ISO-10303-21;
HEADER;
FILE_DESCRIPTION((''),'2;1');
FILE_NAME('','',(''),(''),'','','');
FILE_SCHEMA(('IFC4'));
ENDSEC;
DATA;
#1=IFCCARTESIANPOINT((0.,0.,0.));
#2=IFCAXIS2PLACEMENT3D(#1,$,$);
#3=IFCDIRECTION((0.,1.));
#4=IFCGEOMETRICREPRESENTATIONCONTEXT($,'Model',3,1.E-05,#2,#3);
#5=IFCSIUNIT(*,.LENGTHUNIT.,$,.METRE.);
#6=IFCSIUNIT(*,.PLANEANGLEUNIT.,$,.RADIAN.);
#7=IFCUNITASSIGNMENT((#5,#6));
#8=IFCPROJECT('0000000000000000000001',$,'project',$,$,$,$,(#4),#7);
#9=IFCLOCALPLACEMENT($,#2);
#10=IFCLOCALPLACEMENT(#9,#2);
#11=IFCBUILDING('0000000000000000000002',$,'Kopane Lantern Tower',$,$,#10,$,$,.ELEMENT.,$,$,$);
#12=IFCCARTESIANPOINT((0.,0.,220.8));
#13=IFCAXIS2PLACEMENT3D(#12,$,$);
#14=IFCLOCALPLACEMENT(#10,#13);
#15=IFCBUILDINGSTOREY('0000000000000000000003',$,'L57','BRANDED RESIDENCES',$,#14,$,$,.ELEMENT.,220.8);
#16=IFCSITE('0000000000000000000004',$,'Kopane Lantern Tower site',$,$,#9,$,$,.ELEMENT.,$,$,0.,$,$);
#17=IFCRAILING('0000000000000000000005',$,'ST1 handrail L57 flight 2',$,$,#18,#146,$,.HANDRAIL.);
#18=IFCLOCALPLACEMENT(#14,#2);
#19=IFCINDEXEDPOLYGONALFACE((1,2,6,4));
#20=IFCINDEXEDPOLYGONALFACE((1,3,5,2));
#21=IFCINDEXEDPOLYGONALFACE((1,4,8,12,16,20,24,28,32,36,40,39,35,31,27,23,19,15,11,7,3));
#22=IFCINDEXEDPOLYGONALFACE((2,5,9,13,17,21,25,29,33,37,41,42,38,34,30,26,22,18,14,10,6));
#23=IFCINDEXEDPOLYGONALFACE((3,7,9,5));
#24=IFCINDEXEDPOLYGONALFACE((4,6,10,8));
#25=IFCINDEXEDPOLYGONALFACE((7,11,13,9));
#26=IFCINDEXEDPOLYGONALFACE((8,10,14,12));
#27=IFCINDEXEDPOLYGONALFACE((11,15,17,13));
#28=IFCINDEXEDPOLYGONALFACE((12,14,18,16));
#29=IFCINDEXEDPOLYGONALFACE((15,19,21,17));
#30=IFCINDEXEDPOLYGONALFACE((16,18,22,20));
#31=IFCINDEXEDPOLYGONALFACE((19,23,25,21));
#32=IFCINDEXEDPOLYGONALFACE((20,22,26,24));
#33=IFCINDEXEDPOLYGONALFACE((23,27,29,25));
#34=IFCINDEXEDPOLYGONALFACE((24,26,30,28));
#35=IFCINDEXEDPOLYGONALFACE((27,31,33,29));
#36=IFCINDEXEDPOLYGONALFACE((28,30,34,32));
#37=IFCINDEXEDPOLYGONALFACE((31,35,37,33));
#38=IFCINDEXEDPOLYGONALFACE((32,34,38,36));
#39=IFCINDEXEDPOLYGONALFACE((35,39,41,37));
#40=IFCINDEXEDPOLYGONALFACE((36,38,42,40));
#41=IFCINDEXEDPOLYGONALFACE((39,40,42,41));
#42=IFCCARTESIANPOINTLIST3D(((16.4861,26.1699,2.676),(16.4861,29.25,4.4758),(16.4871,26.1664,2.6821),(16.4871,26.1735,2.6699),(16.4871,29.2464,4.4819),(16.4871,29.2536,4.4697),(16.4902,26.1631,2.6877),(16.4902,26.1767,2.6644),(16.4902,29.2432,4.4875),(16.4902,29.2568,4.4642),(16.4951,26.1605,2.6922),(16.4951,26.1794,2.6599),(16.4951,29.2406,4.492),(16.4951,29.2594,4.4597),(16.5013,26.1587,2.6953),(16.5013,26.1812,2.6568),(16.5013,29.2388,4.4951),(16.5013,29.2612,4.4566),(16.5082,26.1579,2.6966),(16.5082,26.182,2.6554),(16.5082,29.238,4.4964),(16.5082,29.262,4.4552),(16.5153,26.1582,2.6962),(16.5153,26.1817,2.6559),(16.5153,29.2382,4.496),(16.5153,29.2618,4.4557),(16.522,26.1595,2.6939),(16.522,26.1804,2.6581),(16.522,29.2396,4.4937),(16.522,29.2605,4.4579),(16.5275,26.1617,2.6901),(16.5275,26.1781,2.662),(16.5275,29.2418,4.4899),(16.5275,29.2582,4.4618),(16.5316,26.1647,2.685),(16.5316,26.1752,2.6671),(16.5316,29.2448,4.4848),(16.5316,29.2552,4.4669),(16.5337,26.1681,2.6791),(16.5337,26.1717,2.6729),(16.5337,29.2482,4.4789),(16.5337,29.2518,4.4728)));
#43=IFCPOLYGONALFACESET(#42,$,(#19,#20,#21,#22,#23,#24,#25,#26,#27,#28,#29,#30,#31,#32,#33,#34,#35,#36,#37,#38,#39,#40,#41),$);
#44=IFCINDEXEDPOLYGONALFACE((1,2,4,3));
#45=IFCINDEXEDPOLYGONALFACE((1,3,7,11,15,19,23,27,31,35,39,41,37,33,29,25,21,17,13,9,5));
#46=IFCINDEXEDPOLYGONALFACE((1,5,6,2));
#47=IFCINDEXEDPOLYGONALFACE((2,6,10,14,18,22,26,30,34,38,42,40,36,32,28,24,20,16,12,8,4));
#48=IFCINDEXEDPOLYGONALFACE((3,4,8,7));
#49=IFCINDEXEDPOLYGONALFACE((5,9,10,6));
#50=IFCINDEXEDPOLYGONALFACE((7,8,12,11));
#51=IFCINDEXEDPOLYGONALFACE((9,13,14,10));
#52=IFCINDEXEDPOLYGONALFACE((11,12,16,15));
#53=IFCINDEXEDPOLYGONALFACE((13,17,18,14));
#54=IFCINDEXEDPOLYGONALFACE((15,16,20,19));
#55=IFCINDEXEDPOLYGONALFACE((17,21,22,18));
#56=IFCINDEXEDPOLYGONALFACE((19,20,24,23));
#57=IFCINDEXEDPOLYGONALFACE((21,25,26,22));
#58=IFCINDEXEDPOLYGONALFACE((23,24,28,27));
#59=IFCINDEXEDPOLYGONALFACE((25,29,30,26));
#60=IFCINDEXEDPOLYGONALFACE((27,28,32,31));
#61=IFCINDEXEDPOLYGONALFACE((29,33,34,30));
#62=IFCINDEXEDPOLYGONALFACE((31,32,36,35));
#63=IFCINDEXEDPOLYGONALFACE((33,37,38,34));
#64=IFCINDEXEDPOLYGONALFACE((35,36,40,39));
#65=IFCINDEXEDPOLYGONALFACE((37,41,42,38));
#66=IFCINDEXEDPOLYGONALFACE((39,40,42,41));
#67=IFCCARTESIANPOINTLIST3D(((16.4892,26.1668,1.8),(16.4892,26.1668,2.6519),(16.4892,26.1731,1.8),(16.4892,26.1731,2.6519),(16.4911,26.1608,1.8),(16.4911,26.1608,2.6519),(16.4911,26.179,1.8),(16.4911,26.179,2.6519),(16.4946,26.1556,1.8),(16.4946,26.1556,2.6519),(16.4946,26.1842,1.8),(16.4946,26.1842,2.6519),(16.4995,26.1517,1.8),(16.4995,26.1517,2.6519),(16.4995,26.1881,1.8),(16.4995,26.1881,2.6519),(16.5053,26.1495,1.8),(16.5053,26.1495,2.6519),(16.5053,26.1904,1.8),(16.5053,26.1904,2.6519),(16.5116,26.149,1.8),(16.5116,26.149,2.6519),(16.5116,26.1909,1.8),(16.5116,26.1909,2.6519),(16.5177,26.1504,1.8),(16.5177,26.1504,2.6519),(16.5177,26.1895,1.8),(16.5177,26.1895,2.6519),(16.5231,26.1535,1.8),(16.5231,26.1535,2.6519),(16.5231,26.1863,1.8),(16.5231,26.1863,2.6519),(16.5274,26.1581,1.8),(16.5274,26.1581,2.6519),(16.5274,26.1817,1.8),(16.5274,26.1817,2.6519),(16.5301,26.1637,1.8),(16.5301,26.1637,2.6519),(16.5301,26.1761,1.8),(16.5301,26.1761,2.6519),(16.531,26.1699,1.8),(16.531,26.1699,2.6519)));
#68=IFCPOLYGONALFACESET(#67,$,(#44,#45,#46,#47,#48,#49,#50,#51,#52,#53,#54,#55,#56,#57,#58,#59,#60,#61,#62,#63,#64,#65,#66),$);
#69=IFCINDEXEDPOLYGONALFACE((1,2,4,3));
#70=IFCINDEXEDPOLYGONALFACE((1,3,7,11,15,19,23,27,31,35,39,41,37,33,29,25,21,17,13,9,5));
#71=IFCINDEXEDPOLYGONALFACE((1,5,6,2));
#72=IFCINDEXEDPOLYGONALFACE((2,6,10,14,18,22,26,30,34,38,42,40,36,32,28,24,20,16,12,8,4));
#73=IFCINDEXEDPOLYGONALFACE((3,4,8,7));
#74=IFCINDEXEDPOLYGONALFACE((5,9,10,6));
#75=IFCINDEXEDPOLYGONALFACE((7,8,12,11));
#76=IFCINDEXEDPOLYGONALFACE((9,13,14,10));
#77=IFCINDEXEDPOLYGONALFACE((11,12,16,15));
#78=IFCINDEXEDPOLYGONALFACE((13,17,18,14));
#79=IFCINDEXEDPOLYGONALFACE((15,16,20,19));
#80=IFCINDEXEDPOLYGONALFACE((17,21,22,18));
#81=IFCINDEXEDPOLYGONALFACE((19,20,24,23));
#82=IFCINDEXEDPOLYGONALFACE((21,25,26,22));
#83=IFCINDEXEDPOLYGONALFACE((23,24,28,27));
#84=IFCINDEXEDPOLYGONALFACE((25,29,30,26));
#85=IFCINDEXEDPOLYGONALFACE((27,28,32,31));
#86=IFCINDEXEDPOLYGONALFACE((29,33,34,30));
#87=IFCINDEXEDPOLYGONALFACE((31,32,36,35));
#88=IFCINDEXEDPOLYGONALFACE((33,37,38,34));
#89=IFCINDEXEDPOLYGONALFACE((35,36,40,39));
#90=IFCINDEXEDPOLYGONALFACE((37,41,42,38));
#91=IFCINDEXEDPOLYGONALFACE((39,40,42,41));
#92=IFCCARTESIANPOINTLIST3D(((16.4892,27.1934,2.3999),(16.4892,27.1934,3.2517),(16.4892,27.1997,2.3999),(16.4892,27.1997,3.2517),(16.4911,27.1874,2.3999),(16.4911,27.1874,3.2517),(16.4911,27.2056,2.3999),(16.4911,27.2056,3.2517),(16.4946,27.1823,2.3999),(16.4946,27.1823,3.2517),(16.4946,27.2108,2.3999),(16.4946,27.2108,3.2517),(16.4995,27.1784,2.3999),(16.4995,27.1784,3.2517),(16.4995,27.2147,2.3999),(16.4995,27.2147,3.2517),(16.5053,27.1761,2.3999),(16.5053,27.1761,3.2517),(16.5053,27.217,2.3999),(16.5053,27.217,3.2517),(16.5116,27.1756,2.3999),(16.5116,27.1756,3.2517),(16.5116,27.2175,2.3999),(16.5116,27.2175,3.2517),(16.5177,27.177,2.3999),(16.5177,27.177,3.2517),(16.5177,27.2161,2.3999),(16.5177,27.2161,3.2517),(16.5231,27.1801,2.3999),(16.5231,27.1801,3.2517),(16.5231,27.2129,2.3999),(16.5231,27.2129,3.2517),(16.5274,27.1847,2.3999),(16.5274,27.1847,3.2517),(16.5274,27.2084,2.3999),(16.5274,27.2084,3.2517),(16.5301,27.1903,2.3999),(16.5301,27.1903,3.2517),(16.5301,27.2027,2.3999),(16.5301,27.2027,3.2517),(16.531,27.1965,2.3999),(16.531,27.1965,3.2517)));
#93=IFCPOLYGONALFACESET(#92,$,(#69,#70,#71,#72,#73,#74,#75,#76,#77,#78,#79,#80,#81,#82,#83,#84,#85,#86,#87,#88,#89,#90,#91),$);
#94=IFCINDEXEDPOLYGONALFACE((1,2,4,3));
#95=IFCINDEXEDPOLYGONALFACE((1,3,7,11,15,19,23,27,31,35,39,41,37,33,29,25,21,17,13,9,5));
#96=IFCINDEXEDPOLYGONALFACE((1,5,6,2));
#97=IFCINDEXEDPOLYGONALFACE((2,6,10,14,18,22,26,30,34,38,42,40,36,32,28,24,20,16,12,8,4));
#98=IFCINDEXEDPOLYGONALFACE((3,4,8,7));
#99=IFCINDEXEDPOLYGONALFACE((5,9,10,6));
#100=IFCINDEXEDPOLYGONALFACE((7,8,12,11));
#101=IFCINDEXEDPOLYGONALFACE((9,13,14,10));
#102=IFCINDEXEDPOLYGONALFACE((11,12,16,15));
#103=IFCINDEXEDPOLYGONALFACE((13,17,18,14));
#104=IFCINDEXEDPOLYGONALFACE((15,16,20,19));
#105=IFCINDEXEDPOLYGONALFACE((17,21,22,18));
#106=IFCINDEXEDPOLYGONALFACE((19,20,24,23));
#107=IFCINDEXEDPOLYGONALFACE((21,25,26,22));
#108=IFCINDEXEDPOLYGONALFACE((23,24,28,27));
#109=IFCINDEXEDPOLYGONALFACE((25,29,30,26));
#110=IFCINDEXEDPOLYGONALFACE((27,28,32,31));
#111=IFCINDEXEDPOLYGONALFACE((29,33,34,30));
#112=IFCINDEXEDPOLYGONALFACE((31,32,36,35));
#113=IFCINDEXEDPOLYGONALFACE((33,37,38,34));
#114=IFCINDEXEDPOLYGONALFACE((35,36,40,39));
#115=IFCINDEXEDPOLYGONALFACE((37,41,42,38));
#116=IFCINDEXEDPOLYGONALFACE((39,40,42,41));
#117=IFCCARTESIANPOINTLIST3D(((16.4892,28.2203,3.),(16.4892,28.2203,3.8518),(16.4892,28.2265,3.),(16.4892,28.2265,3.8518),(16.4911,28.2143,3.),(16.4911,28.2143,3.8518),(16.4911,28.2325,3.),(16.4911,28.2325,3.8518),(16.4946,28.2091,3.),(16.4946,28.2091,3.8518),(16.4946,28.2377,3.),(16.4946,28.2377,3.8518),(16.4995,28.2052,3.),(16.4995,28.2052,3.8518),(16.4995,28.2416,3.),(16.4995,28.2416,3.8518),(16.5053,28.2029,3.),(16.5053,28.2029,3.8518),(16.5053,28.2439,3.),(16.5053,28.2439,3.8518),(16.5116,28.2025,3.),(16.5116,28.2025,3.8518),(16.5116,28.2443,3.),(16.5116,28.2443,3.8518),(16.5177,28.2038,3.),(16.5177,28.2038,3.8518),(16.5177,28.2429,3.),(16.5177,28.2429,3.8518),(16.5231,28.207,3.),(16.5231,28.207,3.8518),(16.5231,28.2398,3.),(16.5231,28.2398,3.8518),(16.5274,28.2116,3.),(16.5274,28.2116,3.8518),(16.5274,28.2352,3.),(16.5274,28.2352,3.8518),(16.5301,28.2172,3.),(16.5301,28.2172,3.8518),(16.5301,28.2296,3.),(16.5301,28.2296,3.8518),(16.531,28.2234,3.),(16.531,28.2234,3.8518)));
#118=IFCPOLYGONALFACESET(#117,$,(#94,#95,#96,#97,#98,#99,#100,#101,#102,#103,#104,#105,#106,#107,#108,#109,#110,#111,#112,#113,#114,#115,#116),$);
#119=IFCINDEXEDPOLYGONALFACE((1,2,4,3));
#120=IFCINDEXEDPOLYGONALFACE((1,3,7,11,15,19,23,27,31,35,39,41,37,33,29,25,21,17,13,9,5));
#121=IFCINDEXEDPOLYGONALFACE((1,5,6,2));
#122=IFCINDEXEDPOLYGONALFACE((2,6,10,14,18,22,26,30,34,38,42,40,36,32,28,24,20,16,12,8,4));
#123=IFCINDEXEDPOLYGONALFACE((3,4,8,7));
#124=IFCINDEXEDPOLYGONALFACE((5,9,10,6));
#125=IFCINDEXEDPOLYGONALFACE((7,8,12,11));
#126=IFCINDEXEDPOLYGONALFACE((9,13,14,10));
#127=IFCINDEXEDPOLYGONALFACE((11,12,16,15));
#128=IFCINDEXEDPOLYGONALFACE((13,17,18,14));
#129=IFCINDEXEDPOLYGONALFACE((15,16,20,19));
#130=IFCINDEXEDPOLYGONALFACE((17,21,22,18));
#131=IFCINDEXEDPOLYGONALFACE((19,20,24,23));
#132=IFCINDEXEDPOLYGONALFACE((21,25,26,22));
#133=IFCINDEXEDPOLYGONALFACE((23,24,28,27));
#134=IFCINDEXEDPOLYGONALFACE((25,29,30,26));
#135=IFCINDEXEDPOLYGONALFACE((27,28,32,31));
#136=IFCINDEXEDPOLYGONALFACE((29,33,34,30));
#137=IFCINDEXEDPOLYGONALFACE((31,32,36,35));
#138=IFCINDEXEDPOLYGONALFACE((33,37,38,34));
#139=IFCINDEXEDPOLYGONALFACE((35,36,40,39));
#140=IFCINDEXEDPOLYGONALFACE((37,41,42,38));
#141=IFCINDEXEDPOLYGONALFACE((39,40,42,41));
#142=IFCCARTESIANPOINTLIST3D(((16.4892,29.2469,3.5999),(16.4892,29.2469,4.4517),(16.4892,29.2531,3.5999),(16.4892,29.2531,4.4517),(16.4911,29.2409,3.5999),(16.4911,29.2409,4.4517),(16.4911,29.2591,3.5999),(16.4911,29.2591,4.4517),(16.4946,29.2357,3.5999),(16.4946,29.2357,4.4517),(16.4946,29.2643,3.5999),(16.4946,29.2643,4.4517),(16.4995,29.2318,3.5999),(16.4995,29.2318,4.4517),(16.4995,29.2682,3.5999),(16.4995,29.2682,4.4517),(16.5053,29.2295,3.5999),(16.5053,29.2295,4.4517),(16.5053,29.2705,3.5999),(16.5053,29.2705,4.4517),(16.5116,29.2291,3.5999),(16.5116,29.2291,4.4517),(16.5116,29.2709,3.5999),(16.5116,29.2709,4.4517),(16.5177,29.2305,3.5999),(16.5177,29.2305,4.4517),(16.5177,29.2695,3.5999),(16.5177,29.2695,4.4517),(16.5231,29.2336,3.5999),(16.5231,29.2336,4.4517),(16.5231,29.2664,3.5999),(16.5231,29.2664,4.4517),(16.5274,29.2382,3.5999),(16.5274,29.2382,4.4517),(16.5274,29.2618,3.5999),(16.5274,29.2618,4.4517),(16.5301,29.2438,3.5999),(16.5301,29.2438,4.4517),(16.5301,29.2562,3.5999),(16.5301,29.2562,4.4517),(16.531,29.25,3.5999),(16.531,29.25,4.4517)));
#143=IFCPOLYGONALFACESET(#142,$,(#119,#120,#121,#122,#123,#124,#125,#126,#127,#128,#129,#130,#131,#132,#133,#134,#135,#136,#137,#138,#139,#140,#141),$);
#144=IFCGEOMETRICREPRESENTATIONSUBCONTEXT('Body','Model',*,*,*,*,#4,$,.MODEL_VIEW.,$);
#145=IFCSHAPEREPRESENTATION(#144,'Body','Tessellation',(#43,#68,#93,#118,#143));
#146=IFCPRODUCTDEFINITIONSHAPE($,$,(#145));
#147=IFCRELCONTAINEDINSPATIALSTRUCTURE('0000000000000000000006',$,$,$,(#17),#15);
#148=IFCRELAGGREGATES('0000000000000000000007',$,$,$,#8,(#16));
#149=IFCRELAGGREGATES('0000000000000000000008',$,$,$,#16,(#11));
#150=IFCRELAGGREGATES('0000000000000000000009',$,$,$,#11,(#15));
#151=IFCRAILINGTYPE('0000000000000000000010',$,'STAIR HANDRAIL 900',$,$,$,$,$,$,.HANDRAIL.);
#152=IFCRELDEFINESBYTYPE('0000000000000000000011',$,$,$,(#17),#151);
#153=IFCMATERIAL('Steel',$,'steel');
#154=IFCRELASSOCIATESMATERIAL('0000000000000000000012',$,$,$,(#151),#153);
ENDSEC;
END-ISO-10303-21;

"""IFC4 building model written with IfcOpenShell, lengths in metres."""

from ifc_helpers import new_model, si_unit, direction, frame, origin, origin_2d, place, context, subcontext, project, spatial, circle, extrude, material, type_object, element, save


model = new_model("IFC4")

# Units and contexts
model_context = context("Model", 3, precision=1e-05, world=origin(), true_north=direction((0.0, 1.0)))
body_context = subcontext(model_context, "Body", "Model", "MODEL_VIEW")
ifc_project = project(units=[si_unit("LENGTHUNIT", "METRE"), si_unit("PLANEANGLEUNIT", "RADIAN")], contexts=[model_context])

# Site, building, storey
site_placement = place(None, origin())
site = spatial("IfcSite", under=ifc_project, at=site_placement, Name="Kopane Lantern Tower site", CompositionType="ELEMENT", RefElevation=0.0)
building_placement = place(site_placement, origin())
building = spatial("IfcBuilding", under=site, at=building_placement, Name="Kopane Lantern Tower", CompositionType="ELEMENT")
storey_placement = place(building_placement, frame((0.0, 0.0, 220.8)))
storey = spatial("IfcBuildingStorey", under=building, at=storey_placement, Name="L57", Description="BRANDED RESIDENCES", CompositionType="ELEMENT", Elevation=220.8)

# Railing
ifc_material_1 = material(Name="Steel", Category="steel")
railing_type_1 = type_object("IfcRailingType", Name="STAIR HANDRAIL 900", PredefinedType="HANDRAIL", material=ifc_material_1)
for number, where, name in (
    (1, (16.51, 26.1699, 1.8), "ST1 handrail L57 flight 2"),
):
    element("IfcRailing", number, at=place(storey_placement, frame(where)), inside=storey, type_object=railing_type_1, Name=name, PredefinedType="HANDRAIL", context=body_context, shape_type="SweptSolid", body=[
        extrude(circle(Radius=0.0239, at=origin_2d()), frame((0.0, 0.0, 0.876), z_axis=(0.0, 0.863401, 0.504518), x_axis=(-1.0, 0.0, 0.0)), (0.0, 0.0, 1.0), 3.5674),
        extrude(circle(Radius=0.021, at=origin_2d()), origin(), (0.0, 0.0, 1.0), 0.8518),
        extrude(circle(Radius=0.021, at=origin_2d()), frame((0.0, 1.0266, 0.5999)), (0.0, 0.0, 1.0), 0.8518),
        extrude(circle(Radius=0.021, at=origin_2d()), frame((0.0, 2.0535, 1.2)), (0.0, 0.0, 1.0), 0.8518),
        extrude(circle(Radius=0.021, at=origin_2d()), frame((0.0, 3.0801, 1.7998)), (0.0, 0.0, 1.0), 0.8518),
    ])

save(model, "model.ifc")
